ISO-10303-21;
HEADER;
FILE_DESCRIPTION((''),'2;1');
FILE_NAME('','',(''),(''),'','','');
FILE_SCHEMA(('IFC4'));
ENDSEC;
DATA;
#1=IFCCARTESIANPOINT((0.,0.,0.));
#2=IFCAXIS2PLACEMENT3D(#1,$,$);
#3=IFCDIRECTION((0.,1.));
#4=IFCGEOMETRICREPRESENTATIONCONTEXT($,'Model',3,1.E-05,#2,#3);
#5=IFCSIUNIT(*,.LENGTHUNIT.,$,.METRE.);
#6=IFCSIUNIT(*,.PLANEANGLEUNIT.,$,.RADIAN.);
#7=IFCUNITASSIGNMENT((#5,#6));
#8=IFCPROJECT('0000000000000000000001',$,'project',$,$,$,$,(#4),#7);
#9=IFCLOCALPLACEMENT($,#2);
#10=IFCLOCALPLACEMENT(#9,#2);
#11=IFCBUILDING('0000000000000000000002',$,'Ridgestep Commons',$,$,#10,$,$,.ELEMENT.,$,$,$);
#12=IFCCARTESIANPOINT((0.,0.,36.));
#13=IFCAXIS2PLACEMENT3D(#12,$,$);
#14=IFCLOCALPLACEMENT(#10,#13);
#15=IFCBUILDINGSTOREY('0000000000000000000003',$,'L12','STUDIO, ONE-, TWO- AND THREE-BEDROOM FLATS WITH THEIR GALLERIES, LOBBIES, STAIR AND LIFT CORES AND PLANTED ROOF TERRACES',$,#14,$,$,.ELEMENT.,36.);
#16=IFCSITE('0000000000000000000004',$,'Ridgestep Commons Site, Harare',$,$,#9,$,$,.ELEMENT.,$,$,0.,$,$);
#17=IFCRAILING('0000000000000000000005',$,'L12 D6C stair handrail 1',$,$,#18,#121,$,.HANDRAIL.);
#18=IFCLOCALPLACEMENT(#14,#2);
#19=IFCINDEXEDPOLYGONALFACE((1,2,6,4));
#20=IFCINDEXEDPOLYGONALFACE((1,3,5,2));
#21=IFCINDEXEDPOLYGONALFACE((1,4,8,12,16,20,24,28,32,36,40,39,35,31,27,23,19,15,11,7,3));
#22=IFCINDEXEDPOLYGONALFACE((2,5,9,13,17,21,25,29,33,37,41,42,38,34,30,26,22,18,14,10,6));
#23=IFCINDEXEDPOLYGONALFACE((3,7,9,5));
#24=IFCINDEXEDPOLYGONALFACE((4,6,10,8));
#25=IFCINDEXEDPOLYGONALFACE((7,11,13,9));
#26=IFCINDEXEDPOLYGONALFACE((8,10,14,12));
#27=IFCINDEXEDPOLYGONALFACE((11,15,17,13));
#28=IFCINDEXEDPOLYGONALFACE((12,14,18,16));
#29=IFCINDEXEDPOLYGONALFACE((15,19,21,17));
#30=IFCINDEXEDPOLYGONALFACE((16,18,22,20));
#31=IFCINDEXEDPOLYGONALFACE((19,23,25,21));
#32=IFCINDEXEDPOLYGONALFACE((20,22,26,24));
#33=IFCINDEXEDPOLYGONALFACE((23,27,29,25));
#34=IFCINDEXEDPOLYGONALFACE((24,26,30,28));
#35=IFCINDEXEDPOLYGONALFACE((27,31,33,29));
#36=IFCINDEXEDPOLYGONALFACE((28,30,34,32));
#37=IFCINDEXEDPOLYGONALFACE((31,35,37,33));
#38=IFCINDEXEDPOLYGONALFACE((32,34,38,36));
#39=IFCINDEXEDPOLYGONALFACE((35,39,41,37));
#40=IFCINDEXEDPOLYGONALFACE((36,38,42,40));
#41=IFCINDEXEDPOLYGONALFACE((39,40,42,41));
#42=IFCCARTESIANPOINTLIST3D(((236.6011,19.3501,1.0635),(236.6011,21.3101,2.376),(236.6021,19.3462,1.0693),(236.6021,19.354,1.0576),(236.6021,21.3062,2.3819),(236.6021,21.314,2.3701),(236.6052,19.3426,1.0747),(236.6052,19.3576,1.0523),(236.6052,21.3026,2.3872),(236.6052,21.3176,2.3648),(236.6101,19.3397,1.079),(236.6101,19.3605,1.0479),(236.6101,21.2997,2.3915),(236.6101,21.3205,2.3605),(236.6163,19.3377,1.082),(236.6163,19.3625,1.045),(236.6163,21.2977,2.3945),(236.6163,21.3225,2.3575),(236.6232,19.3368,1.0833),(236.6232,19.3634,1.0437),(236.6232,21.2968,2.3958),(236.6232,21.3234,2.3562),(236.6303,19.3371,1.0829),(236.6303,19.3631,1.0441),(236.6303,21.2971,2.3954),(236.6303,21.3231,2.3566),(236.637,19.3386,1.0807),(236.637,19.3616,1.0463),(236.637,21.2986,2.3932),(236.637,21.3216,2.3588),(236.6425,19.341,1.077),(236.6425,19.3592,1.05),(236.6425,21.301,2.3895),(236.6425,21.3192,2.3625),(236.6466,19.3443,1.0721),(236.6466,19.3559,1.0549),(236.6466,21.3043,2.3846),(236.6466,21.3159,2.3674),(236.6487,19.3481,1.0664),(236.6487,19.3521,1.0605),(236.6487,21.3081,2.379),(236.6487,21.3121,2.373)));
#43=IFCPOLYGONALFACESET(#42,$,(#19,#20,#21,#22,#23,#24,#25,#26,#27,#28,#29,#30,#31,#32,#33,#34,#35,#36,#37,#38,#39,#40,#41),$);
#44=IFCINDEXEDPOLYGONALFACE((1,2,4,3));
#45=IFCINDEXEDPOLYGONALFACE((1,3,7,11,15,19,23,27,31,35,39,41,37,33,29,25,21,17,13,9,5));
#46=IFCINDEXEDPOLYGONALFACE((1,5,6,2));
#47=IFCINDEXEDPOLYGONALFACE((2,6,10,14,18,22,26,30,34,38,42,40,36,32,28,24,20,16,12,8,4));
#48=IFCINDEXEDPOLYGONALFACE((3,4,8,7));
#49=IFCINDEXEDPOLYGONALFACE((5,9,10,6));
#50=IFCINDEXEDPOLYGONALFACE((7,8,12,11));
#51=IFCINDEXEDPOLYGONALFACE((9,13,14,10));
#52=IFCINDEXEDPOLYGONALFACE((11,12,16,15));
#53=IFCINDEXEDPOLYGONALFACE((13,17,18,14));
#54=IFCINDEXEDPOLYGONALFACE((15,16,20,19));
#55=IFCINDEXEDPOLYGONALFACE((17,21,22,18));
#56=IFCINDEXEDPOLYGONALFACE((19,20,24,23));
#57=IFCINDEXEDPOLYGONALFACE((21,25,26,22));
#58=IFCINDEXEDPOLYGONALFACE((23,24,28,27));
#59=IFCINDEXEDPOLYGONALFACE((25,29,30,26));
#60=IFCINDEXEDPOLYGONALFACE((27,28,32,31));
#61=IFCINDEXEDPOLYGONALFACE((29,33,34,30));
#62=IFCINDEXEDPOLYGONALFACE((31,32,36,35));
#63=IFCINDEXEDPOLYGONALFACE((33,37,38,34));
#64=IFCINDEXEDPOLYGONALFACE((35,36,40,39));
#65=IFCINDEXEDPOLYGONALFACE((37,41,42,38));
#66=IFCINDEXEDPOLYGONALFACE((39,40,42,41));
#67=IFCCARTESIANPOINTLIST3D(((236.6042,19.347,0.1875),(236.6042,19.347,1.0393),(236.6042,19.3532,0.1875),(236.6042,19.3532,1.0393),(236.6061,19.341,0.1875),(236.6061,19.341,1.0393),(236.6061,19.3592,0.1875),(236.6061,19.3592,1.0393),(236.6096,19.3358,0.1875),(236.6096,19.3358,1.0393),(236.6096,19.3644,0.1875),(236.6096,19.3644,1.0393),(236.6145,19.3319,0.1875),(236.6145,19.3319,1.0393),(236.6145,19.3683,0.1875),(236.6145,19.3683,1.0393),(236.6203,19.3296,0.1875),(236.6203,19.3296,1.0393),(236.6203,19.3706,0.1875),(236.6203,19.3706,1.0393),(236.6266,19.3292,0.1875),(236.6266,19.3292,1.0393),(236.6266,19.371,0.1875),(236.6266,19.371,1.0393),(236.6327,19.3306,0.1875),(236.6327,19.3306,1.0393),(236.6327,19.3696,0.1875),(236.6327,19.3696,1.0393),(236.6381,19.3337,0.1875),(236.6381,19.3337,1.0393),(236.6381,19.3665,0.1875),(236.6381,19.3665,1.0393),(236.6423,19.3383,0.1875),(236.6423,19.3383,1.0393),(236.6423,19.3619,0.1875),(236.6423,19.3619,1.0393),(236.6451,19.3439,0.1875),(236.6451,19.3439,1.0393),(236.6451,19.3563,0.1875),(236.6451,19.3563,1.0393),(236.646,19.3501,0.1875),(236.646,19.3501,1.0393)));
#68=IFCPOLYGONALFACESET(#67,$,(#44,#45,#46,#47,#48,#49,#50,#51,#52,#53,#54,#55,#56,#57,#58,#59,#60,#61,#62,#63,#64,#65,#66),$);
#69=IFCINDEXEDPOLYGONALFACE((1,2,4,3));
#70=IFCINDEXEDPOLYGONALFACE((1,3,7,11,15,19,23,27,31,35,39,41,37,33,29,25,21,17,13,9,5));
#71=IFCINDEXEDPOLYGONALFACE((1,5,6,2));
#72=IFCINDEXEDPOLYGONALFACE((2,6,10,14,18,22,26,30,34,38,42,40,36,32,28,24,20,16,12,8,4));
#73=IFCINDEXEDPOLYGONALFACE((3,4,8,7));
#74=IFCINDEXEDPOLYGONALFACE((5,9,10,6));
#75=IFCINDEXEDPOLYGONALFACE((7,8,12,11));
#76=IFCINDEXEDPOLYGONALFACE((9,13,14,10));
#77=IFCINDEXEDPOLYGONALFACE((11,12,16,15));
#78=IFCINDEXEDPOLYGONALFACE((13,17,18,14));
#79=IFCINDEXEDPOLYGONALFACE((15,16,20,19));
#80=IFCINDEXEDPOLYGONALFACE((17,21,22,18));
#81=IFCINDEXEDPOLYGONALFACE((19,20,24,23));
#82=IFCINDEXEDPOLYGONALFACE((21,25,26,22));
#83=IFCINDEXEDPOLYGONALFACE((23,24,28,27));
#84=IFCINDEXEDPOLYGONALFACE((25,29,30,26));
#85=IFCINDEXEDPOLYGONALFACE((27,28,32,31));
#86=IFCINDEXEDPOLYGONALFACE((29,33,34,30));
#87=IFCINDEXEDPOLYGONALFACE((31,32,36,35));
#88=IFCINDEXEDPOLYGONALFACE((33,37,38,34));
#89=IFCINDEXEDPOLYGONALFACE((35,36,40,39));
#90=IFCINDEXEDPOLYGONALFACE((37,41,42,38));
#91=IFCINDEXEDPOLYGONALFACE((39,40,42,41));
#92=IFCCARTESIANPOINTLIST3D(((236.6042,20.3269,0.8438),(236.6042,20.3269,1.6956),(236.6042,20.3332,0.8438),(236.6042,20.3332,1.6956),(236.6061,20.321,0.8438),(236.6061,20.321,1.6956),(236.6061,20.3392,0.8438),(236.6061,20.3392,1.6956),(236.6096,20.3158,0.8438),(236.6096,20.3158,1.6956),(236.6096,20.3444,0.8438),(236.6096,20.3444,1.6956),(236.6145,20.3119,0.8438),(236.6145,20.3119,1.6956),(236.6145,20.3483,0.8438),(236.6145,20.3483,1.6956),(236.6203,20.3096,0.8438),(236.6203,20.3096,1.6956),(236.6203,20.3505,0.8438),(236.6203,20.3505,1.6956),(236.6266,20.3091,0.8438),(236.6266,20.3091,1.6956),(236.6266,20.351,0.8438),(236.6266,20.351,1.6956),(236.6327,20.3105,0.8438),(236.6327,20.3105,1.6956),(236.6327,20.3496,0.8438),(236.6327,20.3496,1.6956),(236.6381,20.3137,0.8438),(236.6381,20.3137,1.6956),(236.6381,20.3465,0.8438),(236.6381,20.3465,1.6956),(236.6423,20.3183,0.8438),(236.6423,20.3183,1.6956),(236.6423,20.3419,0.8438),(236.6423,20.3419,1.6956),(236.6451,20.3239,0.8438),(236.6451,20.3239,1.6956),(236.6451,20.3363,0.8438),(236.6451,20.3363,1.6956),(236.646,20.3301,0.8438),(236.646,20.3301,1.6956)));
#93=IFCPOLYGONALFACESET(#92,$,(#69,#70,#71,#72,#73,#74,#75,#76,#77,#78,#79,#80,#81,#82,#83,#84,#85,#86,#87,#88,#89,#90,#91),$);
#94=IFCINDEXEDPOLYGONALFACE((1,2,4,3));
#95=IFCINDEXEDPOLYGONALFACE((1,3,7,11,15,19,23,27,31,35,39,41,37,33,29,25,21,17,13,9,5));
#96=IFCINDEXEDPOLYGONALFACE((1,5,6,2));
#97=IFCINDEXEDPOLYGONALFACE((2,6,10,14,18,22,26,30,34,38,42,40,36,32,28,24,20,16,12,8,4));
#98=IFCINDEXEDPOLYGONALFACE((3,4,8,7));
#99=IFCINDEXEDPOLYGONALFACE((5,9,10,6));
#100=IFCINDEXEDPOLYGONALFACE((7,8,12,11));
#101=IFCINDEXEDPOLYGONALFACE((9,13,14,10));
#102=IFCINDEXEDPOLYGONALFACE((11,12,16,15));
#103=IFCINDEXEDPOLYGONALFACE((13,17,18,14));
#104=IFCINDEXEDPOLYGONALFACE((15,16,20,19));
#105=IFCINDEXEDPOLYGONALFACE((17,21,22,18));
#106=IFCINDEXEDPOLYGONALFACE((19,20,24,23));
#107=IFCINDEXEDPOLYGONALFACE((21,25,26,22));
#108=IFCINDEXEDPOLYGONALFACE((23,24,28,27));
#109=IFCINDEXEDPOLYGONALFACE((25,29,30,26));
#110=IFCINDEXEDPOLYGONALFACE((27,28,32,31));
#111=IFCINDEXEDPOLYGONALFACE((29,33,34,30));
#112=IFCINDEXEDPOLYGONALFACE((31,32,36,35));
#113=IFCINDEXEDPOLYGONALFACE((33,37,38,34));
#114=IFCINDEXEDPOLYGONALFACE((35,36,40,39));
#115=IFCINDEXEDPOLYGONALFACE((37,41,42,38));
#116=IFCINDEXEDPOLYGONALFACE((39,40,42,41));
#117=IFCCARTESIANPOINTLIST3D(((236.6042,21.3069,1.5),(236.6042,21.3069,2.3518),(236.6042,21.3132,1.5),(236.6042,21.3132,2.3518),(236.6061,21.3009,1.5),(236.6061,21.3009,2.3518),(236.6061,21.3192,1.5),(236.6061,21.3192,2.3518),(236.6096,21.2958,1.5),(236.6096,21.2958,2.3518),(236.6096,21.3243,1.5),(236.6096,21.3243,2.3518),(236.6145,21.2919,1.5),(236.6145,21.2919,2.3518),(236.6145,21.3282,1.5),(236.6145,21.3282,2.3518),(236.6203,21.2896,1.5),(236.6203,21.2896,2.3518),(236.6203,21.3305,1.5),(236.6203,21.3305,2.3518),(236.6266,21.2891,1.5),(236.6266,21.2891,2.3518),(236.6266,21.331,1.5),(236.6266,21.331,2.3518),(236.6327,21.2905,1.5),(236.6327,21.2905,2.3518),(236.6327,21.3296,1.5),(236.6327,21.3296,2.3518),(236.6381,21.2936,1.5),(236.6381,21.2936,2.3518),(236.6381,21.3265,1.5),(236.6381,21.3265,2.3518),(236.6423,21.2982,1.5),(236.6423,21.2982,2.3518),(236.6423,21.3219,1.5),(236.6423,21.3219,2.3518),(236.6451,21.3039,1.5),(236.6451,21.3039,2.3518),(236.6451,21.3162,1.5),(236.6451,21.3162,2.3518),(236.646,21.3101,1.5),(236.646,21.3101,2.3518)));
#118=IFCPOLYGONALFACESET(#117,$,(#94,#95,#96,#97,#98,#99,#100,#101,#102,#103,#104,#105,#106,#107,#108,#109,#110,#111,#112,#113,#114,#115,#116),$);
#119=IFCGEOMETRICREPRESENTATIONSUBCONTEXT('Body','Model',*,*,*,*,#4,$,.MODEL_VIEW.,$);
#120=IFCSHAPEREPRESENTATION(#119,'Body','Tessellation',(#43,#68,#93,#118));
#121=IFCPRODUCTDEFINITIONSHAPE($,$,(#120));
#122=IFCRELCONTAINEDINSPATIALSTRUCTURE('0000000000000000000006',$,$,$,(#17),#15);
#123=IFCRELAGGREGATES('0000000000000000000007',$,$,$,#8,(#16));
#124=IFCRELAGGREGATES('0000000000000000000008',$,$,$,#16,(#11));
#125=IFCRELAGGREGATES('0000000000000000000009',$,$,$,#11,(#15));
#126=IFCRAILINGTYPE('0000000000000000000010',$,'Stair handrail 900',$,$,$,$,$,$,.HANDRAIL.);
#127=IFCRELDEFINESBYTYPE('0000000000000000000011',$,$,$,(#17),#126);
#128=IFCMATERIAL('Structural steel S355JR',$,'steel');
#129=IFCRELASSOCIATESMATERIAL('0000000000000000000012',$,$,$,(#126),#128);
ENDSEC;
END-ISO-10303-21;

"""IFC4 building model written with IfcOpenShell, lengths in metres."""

from ifc_helpers import new_model, si_unit, direction, frame, origin, origin_2d, place, context, subcontext, project, spatial, circle, extrude, material, type_object, element, save


model = new_model("IFC4")

# Units and contexts
model_context = context("Model", 3, precision=1e-05, world=origin(), true_north=direction((0.0, 1.0)))
body_context = subcontext(model_context, "Body", "Model", "MODEL_VIEW")
ifc_project = project(units=[si_unit("LENGTHUNIT", "METRE"), si_unit("PLANEANGLEUNIT", "RADIAN")], contexts=[model_context])

# Site, building, storey
site_placement = place(None, origin())
site = spatial("IfcSite", under=ifc_project, at=site_placement, Name="Ridgestep Commons Site, Harare", CompositionType="ELEMENT", RefElevation=0.0)
building_placement = place(site_placement, origin())
building = spatial("IfcBuilding", under=site, at=building_placement, Name="Ridgestep Commons", CompositionType="ELEMENT")
storey_placement = place(building_placement, frame((0.0, 0.0, 36.0)))
storey = spatial("IfcBuildingStorey", under=building, at=storey_placement, Name="L12", Description="STUDIO, ONE-, TWO- AND THREE-BEDROOM FLATS WITH THEIR GALLERIES, LOBBIES, STAIR AND LIFT CORES AND PLANTED ROOF TERRACES", CompositionType="ELEMENT", Elevation=36.0)

# Railing
ifc_material_1 = material(Name="Structural steel S355JR", Category="steel")
railing_type_1 = type_object("IfcRailingType", Name="Stair handrail 900", PredefinedType="HANDRAIL", material=ifc_material_1)
railing_1_placement = place(storey_placement, frame((236.625, 19.3501, 0.1875)))
element("IfcRailing", 1, at=railing_1_placement, inside=storey, type_object=railing_type_1, Name="L12 D6C stair handrail 1", PredefinedType="HANDRAIL", context=body_context, shape_type="SweptSolid", body=[
    extrude(circle(Radius=0.0239, at=origin_2d()), frame((0.0, 0.0, 0.876), z_axis=(0.0, 0.830902, 0.556419), x_axis=(-1.0, 0.0, 0.0)), (0.0, 0.0, 1.0), 2.3589),
    extrude(circle(Radius=0.021, at=origin_2d()), origin(), (0.0, 0.0, 1.0), 0.8518),
    extrude(circle(Radius=0.021, at=origin_2d()), frame((0.0, 0.98, 0.6562)), (0.0, 0.0, 1.0), 0.8518),
    extrude(circle(Radius=0.021, at=origin_2d()), frame((0.0, 1.96, 1.3125)), (0.0, 0.0, 1.0), 0.8518),
])

save(model, "model.ifc")
